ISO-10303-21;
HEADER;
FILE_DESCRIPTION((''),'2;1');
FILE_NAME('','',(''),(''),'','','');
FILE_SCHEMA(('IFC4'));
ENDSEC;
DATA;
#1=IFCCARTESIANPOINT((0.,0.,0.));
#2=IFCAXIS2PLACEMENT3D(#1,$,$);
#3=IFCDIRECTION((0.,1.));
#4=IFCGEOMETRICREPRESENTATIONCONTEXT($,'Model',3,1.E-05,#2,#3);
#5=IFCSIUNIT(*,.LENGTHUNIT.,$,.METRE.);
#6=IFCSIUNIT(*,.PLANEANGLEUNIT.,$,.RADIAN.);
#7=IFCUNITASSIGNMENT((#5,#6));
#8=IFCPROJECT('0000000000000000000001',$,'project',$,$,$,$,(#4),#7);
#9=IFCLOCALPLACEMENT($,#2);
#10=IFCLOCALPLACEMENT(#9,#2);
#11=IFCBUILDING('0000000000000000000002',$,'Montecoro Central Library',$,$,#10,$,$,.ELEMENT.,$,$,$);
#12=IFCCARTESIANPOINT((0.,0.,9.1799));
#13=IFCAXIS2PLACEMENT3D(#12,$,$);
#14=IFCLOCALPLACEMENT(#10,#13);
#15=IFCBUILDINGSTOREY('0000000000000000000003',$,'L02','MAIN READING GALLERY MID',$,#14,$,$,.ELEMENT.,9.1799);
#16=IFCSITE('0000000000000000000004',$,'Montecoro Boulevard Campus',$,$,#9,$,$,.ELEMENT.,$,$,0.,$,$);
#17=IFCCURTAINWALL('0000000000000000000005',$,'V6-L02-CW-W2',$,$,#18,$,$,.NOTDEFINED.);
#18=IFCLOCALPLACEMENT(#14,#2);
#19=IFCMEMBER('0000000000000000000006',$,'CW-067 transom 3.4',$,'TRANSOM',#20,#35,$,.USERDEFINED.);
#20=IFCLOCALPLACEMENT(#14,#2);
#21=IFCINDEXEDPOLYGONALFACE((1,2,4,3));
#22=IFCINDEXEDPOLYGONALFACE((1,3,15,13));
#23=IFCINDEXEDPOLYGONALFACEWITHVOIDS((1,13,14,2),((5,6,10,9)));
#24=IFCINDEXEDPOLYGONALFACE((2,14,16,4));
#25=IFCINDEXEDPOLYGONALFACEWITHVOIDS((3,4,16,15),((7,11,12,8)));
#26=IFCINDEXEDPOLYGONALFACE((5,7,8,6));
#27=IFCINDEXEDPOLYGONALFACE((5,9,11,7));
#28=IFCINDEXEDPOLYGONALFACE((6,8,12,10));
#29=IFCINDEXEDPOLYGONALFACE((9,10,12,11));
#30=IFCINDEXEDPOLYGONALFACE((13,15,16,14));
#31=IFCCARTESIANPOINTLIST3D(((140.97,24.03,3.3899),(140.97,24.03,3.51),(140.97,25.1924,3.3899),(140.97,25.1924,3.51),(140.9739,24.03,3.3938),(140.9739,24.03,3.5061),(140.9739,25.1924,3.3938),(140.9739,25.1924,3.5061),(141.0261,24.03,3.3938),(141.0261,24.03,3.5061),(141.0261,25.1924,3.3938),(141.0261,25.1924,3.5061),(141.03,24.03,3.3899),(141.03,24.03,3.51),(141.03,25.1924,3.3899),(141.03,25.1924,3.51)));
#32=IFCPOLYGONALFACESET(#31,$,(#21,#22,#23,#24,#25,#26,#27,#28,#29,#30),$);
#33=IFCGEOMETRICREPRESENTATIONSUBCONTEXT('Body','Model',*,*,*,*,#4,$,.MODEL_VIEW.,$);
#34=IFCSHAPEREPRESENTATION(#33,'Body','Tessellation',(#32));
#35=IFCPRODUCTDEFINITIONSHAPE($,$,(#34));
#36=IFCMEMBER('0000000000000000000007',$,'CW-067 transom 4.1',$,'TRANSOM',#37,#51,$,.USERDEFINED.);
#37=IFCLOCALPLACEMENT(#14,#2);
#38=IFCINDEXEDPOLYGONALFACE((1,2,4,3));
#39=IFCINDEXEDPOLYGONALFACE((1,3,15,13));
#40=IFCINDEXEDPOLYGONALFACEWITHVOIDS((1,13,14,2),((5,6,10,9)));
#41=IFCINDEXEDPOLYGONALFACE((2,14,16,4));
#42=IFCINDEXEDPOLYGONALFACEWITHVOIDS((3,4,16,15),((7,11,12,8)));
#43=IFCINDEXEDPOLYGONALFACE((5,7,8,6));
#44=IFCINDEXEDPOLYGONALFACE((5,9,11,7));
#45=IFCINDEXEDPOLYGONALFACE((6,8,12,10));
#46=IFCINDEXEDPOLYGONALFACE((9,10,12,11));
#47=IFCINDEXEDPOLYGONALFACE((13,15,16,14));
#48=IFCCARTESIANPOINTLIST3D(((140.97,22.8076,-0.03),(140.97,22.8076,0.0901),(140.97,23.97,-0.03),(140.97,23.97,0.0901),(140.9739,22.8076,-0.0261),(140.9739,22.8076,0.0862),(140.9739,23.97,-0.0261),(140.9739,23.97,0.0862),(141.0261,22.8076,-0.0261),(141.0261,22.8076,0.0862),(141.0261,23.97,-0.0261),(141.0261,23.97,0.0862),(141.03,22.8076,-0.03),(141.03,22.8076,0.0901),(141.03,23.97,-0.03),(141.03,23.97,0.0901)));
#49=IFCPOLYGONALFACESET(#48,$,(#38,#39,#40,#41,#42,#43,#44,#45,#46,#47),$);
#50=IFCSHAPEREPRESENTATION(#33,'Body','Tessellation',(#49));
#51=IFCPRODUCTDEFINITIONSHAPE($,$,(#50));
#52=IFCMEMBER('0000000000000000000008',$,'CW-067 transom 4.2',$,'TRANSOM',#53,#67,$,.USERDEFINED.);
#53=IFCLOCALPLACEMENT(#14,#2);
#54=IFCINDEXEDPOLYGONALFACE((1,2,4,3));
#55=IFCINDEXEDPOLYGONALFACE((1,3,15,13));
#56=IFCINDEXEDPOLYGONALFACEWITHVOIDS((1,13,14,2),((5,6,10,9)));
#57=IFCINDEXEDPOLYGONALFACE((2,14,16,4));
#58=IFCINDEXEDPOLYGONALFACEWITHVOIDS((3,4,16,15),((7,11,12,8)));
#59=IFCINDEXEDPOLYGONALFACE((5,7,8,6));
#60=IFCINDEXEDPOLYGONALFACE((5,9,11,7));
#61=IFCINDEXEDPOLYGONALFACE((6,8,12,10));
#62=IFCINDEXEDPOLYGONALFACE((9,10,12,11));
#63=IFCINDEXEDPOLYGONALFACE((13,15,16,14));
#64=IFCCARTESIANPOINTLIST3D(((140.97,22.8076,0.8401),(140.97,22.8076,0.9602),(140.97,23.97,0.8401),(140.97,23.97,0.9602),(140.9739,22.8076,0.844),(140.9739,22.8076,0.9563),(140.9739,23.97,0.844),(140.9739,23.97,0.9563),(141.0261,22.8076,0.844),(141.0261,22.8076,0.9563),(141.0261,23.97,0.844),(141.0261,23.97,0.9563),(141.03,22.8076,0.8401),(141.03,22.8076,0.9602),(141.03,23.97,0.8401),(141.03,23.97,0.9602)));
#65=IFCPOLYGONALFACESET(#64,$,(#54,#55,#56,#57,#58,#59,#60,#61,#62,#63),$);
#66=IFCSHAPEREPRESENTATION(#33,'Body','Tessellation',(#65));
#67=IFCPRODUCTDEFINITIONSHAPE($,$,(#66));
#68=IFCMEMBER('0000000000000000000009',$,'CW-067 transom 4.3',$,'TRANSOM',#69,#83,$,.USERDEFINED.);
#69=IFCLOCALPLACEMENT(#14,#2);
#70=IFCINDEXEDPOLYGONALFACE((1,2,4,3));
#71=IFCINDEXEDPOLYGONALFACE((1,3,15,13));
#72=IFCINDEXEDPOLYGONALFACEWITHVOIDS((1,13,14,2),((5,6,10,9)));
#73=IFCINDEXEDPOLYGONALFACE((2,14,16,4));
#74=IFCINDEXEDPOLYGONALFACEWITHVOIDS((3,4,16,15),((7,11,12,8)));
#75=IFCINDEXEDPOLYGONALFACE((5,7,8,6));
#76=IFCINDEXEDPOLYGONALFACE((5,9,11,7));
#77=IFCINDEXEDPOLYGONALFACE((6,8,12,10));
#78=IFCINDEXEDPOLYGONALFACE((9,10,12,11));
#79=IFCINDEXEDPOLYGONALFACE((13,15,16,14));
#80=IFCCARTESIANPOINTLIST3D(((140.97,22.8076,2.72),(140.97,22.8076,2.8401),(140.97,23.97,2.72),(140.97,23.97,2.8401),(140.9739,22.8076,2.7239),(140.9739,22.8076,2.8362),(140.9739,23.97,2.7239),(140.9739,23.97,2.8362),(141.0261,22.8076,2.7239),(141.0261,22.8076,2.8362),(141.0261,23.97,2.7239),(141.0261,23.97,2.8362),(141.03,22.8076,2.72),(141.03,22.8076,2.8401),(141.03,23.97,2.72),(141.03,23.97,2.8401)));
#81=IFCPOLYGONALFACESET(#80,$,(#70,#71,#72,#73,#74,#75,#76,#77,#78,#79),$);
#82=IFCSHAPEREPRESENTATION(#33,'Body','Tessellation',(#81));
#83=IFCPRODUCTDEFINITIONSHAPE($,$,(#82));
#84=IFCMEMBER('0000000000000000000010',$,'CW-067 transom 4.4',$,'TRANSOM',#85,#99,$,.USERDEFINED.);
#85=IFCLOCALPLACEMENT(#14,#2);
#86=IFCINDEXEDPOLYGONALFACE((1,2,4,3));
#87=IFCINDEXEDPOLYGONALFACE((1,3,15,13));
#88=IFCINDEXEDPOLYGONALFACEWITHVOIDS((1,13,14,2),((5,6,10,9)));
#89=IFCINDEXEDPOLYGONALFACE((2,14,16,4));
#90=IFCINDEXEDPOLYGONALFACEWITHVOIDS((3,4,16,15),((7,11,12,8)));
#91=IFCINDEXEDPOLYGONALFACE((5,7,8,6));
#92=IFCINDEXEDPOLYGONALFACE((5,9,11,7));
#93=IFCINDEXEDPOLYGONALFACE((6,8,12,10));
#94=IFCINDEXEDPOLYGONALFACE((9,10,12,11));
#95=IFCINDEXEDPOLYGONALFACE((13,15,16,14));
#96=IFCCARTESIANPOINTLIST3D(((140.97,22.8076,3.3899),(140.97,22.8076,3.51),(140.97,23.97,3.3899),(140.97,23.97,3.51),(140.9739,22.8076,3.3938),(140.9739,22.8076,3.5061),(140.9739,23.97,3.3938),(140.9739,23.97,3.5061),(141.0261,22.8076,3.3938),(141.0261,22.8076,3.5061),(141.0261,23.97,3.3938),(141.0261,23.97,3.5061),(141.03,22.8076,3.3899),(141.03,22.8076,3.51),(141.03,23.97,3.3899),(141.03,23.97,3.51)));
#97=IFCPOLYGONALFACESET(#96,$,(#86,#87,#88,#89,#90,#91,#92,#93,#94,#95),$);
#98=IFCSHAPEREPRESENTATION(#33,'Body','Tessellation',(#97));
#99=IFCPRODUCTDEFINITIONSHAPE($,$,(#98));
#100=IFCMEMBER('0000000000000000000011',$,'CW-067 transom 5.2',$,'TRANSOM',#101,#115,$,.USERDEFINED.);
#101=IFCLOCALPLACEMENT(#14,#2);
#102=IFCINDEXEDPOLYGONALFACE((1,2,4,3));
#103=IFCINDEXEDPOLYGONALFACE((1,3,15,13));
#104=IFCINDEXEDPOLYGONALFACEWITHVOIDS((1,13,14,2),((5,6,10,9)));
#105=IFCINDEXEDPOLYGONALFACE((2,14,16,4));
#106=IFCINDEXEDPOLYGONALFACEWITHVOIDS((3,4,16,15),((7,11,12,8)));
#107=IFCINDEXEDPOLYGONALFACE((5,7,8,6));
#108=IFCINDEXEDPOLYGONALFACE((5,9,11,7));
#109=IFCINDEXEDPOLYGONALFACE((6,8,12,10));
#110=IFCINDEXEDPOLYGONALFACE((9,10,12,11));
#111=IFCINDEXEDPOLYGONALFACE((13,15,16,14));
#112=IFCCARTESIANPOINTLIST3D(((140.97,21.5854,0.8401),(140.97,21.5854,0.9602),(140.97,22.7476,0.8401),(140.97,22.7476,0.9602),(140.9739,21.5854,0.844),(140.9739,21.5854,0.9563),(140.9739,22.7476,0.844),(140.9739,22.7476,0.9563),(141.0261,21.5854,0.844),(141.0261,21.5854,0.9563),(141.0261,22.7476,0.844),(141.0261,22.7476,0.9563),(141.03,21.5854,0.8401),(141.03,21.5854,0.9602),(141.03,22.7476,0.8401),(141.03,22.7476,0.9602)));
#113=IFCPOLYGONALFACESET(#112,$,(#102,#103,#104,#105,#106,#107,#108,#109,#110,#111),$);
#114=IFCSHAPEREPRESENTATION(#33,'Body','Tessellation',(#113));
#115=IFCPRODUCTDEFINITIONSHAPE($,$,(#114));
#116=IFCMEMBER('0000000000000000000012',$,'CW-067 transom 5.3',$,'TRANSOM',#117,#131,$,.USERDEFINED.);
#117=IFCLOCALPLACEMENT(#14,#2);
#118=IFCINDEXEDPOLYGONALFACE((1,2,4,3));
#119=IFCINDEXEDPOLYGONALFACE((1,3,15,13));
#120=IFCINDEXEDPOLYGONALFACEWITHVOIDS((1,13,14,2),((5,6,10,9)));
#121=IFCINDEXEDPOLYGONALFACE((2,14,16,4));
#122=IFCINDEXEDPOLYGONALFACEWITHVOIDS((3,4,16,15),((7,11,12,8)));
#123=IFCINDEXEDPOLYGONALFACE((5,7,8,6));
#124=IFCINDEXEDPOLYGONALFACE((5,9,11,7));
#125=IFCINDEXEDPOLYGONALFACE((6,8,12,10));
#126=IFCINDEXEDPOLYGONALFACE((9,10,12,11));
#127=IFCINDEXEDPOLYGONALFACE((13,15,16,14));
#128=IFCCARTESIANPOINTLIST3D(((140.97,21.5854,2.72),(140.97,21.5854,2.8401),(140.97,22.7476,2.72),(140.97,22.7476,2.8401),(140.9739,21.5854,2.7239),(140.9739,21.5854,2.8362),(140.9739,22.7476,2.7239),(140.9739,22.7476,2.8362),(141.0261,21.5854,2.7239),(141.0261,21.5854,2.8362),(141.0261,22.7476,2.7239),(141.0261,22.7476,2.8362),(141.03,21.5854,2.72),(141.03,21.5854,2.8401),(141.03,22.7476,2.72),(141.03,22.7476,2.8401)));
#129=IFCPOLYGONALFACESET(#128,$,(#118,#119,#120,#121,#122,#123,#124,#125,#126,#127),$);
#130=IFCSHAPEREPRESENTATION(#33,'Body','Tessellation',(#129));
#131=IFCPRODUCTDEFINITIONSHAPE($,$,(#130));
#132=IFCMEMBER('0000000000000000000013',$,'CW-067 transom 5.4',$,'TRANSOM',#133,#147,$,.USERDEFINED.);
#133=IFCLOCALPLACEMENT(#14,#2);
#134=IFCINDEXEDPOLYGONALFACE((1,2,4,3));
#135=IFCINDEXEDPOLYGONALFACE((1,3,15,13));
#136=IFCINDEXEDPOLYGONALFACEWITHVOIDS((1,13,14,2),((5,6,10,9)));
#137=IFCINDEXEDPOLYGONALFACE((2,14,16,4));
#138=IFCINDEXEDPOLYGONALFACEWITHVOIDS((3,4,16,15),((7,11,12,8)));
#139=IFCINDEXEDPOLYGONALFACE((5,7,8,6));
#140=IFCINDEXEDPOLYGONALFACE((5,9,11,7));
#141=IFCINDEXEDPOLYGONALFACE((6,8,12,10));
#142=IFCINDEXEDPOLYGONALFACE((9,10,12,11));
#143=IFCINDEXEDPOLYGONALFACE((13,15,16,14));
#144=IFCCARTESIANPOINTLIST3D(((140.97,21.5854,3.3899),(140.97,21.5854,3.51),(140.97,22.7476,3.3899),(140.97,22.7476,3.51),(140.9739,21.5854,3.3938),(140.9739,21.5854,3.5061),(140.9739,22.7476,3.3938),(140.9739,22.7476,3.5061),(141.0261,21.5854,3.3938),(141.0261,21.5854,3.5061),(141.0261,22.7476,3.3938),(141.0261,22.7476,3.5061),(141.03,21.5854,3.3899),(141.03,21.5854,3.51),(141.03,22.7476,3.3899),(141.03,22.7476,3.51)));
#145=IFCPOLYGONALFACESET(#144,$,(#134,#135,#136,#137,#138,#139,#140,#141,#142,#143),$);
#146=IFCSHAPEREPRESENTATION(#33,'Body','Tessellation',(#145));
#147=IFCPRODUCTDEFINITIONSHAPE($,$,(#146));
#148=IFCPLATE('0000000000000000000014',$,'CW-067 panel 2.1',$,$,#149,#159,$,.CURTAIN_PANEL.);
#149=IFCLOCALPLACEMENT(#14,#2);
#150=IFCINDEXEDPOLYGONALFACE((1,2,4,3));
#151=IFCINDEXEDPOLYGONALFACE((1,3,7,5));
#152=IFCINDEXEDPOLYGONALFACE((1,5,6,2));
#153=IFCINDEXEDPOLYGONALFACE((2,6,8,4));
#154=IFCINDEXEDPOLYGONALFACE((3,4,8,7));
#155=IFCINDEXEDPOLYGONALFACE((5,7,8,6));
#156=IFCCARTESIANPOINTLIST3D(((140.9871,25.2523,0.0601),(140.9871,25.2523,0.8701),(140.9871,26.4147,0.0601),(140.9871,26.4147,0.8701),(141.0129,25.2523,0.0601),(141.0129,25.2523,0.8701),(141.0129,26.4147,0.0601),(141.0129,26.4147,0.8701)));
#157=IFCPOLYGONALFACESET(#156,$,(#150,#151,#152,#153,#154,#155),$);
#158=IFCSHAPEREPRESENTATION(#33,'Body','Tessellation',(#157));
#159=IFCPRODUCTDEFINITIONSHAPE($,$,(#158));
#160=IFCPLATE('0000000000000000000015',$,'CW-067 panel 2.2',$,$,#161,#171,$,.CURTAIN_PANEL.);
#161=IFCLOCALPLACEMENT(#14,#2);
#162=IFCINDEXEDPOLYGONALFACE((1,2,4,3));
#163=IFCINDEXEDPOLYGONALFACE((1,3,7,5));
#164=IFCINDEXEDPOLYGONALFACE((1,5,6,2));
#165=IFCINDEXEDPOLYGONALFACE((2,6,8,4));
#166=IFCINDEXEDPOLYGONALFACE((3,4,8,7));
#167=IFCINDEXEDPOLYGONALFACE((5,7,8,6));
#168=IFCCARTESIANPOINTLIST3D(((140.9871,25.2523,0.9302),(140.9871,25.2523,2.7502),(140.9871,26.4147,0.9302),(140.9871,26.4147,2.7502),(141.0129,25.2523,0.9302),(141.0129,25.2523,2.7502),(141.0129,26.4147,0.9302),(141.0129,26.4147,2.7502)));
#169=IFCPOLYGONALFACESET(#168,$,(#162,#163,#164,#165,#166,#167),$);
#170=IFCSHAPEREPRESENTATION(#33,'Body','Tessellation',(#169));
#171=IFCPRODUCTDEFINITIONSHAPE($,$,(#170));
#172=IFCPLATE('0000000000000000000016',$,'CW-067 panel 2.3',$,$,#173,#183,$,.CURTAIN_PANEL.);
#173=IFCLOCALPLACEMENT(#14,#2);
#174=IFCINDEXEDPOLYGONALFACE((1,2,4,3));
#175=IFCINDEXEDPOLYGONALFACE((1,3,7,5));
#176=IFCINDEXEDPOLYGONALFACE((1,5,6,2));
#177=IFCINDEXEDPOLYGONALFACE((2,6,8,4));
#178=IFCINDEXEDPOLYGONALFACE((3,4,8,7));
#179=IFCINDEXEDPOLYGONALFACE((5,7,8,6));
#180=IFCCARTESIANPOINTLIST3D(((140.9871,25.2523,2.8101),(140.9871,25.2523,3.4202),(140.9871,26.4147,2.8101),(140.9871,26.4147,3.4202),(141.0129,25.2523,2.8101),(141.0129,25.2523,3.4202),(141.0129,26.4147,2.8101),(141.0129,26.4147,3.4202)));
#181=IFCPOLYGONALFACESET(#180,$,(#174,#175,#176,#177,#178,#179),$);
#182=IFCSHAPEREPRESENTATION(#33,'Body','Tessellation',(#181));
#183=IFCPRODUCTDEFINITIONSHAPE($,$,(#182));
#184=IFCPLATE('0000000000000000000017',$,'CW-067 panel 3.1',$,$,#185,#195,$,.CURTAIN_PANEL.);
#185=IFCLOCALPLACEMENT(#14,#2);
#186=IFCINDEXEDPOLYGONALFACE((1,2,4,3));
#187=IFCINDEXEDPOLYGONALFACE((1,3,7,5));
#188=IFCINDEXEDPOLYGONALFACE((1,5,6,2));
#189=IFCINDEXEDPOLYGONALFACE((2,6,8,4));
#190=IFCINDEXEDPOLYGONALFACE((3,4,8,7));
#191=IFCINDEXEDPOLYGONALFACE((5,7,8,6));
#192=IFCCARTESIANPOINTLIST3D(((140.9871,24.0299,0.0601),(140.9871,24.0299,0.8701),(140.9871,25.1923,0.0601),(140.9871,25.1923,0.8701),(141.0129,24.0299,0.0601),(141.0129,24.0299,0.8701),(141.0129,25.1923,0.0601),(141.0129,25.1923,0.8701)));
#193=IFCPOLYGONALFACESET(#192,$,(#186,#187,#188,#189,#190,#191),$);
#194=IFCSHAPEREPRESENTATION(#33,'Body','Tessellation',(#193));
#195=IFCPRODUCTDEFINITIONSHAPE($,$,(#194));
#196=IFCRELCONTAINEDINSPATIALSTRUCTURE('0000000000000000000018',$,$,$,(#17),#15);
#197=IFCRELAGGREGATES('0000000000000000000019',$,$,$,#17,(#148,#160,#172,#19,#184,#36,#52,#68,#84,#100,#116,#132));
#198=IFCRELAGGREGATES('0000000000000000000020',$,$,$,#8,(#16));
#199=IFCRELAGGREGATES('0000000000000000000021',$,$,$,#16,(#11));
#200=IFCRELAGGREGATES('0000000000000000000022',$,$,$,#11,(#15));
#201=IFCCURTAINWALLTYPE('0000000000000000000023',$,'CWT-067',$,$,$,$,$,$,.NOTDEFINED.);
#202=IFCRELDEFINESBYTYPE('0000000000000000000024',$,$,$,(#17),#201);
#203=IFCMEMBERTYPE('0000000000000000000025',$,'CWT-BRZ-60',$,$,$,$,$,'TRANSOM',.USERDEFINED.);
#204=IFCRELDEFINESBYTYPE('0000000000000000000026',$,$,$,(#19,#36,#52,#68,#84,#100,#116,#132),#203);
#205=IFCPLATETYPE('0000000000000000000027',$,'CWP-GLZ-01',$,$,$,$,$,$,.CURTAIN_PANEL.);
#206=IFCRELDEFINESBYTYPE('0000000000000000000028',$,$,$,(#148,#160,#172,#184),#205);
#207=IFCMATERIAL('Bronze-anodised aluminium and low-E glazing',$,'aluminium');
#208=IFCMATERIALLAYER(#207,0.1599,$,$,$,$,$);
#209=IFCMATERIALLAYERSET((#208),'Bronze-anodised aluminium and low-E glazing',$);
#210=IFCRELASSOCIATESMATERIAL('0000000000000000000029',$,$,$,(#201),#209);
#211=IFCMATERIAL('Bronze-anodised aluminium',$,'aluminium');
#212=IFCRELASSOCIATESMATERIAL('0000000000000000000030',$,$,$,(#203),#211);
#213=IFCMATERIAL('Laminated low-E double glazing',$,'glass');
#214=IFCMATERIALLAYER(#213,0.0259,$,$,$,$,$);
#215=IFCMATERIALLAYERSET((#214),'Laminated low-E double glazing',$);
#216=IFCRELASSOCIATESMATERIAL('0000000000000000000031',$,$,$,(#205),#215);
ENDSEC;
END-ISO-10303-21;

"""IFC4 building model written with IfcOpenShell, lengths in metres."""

from ifc_helpers import new_model, si_unit, direction, frame, origin, origin_2d, place, context, subcontext, project, spatial, rectangle, hollow_rectangle, extrude, material, layer, layer_set, material_profile, profile_set, type_object, element, aggregate, save


model = new_model("IFC4")

# Units and contexts
model_context = context("Model", 3, precision=1e-05, world=origin(), true_north=direction((0.0, 1.0)))
body_context = subcontext(model_context, "Body", "Model", "MODEL_VIEW")
ifc_project = project(units=[si_unit("LENGTHUNIT", "METRE"), si_unit("PLANEANGLEUNIT", "RADIAN")], contexts=[model_context])

# Site, building, storey
site_placement = place(None, origin())
site = spatial("IfcSite", under=ifc_project, at=site_placement, Name="Montecoro Boulevard Campus", CompositionType="ELEMENT", RefElevation=0.0)
building_placement = place(site_placement, origin())
building = spatial("IfcBuilding", under=site, at=building_placement, Name="Montecoro Central Library", CompositionType="ELEMENT")
storey_placement = place(building_placement, frame((0.0, 0.0, 9.1799)))
storey = spatial("IfcBuildingStorey", under=building, at=storey_placement, Name="L02", Description="MAIN READING GALLERY MID", CompositionType="ELEMENT", Elevation=9.1799)

# Curtain wall, members, plates
ifc_material_1 = material(Name="Bronze-anodised aluminium and low-E glazing", Category="aluminium")
ifc_layer_1 = layer(ifc_material_1, 0.1599)
ifc_layer_set_1 = layer_set([ifc_layer_1], Name="Bronze-anodised aluminium and low-E glazing")
curtain_wall_type = type_object("IfcCurtainWallType", Name="CWT-067", PredefinedType="NOTDEFINED", material=ifc_layer_set_1)
curtain_wall_placement = place(storey_placement, origin())
curtain_wall = element("IfcCurtainWall", 1, at=curtain_wall_placement, inside=storey, type_object=curtain_wall_type, Name="V6-L02-CW-W2", PredefinedType="NOTDEFINED")
ifc_material_2 = material(Name="Bronze-anodised aluminium", Category="aluminium")
ifc_material_profile_1 = material_profile(ifc_material_2, hollow_rectangle(XDim=0.0601, YDim=0.1201, WallThickness=0.0039, at=origin_2d()), Name="CWT 120x60x4.0")
ifc_profile_set_1 = profile_set([ifc_material_profile_1], Name="Bronze-anodised aluminium")
member_type_1 = type_object("IfcMemberType", Name="CWT-BRZ-60", ElementType="TRANSOM", PredefinedType="USERDEFINED", material=ifc_profile_set_1)
member_1_placement = place(storey_placement, frame((141.0, 25.1924, 3.45), z_axis=(0.0, -1.0, 0.0), x_axis=(1.0, 0.0, 0.0)))
member_1 = element("IfcMember", 2, at=member_1_placement, type_object=member_type_1, Name="CW-067 transom 3.4", ObjectType="TRANSOM", PredefinedType="USERDEFINED", context=body_context, shape_type="SweptSolid", body=[
    extrude(hollow_rectangle(XDim=0.0601, YDim=0.1201, WallThickness=0.0039, at=origin_2d()), origin(), (0.0, 0.0, 1.0), 1.1624),
])
member_2_placement = place(storey_placement, frame((141.0, 23.97, 0.03), z_axis=(0.0, -1.0, 0.0), x_axis=(1.0, 0.0, 0.0)))
member_2 = element("IfcMember", 3, at=member_2_placement, type_object=member_type_1, Name="CW-067 transom 4.1", ObjectType="TRANSOM", PredefinedType="USERDEFINED", context=body_context, shape_type="SweptSolid", body=[
    extrude(hollow_rectangle(XDim=0.0601, YDim=0.1201, WallThickness=0.0039, at=origin_2d()), origin(), (0.0, 0.0, 1.0), 1.1624),
])
member_3_placement = place(storey_placement, frame((141.0, 23.97, 0.9001), z_axis=(0.0, -1.0, 0.0), x_axis=(1.0, 0.0, 0.0)))
member_3 = element("IfcMember", 4, at=member_3_placement, type_object=member_type_1, Name="CW-067 transom 4.2", ObjectType="TRANSOM", PredefinedType="USERDEFINED", context=body_context, shape_type="SweptSolid", body=[
    extrude(hollow_rectangle(XDim=0.0601, YDim=0.1201, WallThickness=0.0039, at=origin_2d()), origin(), (0.0, 0.0, 1.0), 1.1624),
])
member_4_placement = place(storey_placement, frame((141.0, 23.97, 2.78), z_axis=(0.0, -1.0, 0.0), x_axis=(1.0, 0.0, 0.0)))
member_4 = element("IfcMember", 5, at=member_4_placement, type_object=member_type_1, Name="CW-067 transom 4.3", ObjectType="TRANSOM", PredefinedType="USERDEFINED", context=body_context, shape_type="SweptSolid", body=[
    extrude(hollow_rectangle(XDim=0.0601, YDim=0.1201, WallThickness=0.0039, at=origin_2d()), origin(), (0.0, 0.0, 1.0), 1.1624),
])
member_5_placement = place(storey_placement, frame((141.0, 23.97, 3.45), z_axis=(0.0, -1.0, 0.0), x_axis=(1.0, 0.0, 0.0)))
member_5 = element("IfcMember", 6, at=member_5_placement, type_object=member_type_1, Name="CW-067 transom 4.4", ObjectType="TRANSOM", PredefinedType="USERDEFINED", context=body_context, shape_type="SweptSolid", body=[
    extrude(hollow_rectangle(XDim=0.0601, YDim=0.1201, WallThickness=0.0039, at=origin_2d()), origin(), (0.0, 0.0, 1.0), 1.1624),
])
member_6_placement = place(storey_placement, frame((141.0, 22.7476, 0.9001), z_axis=(0.0, -1.0, 0.0), x_axis=(1.0, 0.0, 0.0)))
member_6 = element("IfcMember", 7, at=member_6_placement, type_object=member_type_1, Name="CW-067 transom 5.2", ObjectType="TRANSOM", PredefinedType="USERDEFINED", context=body_context, shape_type="SweptSolid", body=[
    extrude(hollow_rectangle(XDim=0.0601, YDim=0.1201, WallThickness=0.0039, at=origin_2d()), origin(), (0.0, 0.0, 1.0), 1.1621),
])
member_7_placement = place(storey_placement, frame((141.0, 22.7476, 2.78), z_axis=(0.0, -1.0, 0.0), x_axis=(1.0, 0.0, 0.0)))
member_7 = element("IfcMember", 8, at=member_7_placement, type_object=member_type_1, Name="CW-067 transom 5.3", ObjectType="TRANSOM", PredefinedType="USERDEFINED", context=body_context, shape_type="SweptSolid", body=[
    extrude(hollow_rectangle(XDim=0.0601, YDim=0.1201, WallThickness=0.0039, at=origin_2d()), origin(), (0.0, 0.0, 1.0), 1.1621),
])
member_8_placement = place(storey_placement, frame((141.0, 22.7476, 3.45), z_axis=(0.0, -1.0, 0.0), x_axis=(1.0, 0.0, 0.0)))
member_8 = element("IfcMember", 9, at=member_8_placement, type_object=member_type_1, Name="CW-067 transom 5.4", ObjectType="TRANSOM", PredefinedType="USERDEFINED", context=body_context, shape_type="SweptSolid", body=[
    extrude(hollow_rectangle(XDim=0.0601, YDim=0.1201, WallThickness=0.0039, at=origin_2d()), origin(), (0.0, 0.0, 1.0), 1.1621),
])
ifc_material_3 = material(Name="Laminated low-E double glazing", Category="glass")
ifc_layer_2 = layer(ifc_material_3, 0.0259)
ifc_layer_set_2 = layer_set([ifc_layer_2], Name="Laminated low-E double glazing")
plate_type = type_object("IfcPlateType", Name="CWP-GLZ-01", PredefinedType="CURTAIN_PANEL", material=ifc_layer_set_2)
plate_1_placement = place(storey_placement, frame((141.0, 25.8335, 0.0601), z_axis=(0.0, 0.0, 1.0), x_axis=(0.0, -1.0, 0.0)))
plate_1 = element("IfcPlate", 10, at=plate_1_placement, type_object=plate_type, Name="CW-067 panel 2.1", PredefinedType="CURTAIN_PANEL", context=body_context, shape_type="SweptSolid", body=[
    extrude(rectangle(XDim=1.1624, YDim=0.0259, at=origin_2d()), origin(), (0.0, 0.0, 1.0), 0.8101),
])
plate_2_placement = place(storey_placement, frame((141.0, 25.8335, 0.9302), z_axis=(0.0, 0.0, 1.0), x_axis=(0.0, -1.0, 0.0)))
plate_2 = element("IfcPlate", 11, at=plate_2_placement, type_object=plate_type, Name="CW-067 panel 2.2", PredefinedType="CURTAIN_PANEL", context=body_context, shape_type="SweptSolid", body=[
    extrude(rectangle(XDim=1.1624, YDim=0.0259, at=origin_2d()), origin(), (0.0, 0.0, 1.0), 1.8201),
])
plate_3_placement = place(storey_placement, frame((141.0, 25.8335, 2.8101), z_axis=(0.0, 0.0, 1.0), x_axis=(0.0, -1.0, 0.0)))
plate_3 = element("IfcPlate", 12, at=plate_3_placement, type_object=plate_type, Name="CW-067 panel 2.3", PredefinedType="CURTAIN_PANEL", context=body_context, shape_type="SweptSolid", body=[
    extrude(rectangle(XDim=1.1624, YDim=0.0259, at=origin_2d()), origin(), (0.0, 0.0, 1.0), 0.6101),
])
plate_4_placement = place(storey_placement, frame((141.0, 24.6111, 0.0601), z_axis=(0.0, 0.0, 1.0), x_axis=(0.0, -1.0, 0.0)))
plate_4 = element("IfcPlate", 13, at=plate_4_placement, type_object=plate_type, Name="CW-067 panel 3.1", PredefinedType="CURTAIN_PANEL", context=body_context, shape_type="SweptSolid", body=[
    extrude(rectangle(XDim=1.1624, YDim=0.0259, at=origin_2d()), origin(), (0.0, 0.0, 1.0), 0.8101),
])
aggregate(curtain_wall, [plate_1, plate_2, plate_3, member_1, plate_4, member_2, member_3, member_4, member_5, member_6, member_7, member_8])

save(model, "model.ifc")
